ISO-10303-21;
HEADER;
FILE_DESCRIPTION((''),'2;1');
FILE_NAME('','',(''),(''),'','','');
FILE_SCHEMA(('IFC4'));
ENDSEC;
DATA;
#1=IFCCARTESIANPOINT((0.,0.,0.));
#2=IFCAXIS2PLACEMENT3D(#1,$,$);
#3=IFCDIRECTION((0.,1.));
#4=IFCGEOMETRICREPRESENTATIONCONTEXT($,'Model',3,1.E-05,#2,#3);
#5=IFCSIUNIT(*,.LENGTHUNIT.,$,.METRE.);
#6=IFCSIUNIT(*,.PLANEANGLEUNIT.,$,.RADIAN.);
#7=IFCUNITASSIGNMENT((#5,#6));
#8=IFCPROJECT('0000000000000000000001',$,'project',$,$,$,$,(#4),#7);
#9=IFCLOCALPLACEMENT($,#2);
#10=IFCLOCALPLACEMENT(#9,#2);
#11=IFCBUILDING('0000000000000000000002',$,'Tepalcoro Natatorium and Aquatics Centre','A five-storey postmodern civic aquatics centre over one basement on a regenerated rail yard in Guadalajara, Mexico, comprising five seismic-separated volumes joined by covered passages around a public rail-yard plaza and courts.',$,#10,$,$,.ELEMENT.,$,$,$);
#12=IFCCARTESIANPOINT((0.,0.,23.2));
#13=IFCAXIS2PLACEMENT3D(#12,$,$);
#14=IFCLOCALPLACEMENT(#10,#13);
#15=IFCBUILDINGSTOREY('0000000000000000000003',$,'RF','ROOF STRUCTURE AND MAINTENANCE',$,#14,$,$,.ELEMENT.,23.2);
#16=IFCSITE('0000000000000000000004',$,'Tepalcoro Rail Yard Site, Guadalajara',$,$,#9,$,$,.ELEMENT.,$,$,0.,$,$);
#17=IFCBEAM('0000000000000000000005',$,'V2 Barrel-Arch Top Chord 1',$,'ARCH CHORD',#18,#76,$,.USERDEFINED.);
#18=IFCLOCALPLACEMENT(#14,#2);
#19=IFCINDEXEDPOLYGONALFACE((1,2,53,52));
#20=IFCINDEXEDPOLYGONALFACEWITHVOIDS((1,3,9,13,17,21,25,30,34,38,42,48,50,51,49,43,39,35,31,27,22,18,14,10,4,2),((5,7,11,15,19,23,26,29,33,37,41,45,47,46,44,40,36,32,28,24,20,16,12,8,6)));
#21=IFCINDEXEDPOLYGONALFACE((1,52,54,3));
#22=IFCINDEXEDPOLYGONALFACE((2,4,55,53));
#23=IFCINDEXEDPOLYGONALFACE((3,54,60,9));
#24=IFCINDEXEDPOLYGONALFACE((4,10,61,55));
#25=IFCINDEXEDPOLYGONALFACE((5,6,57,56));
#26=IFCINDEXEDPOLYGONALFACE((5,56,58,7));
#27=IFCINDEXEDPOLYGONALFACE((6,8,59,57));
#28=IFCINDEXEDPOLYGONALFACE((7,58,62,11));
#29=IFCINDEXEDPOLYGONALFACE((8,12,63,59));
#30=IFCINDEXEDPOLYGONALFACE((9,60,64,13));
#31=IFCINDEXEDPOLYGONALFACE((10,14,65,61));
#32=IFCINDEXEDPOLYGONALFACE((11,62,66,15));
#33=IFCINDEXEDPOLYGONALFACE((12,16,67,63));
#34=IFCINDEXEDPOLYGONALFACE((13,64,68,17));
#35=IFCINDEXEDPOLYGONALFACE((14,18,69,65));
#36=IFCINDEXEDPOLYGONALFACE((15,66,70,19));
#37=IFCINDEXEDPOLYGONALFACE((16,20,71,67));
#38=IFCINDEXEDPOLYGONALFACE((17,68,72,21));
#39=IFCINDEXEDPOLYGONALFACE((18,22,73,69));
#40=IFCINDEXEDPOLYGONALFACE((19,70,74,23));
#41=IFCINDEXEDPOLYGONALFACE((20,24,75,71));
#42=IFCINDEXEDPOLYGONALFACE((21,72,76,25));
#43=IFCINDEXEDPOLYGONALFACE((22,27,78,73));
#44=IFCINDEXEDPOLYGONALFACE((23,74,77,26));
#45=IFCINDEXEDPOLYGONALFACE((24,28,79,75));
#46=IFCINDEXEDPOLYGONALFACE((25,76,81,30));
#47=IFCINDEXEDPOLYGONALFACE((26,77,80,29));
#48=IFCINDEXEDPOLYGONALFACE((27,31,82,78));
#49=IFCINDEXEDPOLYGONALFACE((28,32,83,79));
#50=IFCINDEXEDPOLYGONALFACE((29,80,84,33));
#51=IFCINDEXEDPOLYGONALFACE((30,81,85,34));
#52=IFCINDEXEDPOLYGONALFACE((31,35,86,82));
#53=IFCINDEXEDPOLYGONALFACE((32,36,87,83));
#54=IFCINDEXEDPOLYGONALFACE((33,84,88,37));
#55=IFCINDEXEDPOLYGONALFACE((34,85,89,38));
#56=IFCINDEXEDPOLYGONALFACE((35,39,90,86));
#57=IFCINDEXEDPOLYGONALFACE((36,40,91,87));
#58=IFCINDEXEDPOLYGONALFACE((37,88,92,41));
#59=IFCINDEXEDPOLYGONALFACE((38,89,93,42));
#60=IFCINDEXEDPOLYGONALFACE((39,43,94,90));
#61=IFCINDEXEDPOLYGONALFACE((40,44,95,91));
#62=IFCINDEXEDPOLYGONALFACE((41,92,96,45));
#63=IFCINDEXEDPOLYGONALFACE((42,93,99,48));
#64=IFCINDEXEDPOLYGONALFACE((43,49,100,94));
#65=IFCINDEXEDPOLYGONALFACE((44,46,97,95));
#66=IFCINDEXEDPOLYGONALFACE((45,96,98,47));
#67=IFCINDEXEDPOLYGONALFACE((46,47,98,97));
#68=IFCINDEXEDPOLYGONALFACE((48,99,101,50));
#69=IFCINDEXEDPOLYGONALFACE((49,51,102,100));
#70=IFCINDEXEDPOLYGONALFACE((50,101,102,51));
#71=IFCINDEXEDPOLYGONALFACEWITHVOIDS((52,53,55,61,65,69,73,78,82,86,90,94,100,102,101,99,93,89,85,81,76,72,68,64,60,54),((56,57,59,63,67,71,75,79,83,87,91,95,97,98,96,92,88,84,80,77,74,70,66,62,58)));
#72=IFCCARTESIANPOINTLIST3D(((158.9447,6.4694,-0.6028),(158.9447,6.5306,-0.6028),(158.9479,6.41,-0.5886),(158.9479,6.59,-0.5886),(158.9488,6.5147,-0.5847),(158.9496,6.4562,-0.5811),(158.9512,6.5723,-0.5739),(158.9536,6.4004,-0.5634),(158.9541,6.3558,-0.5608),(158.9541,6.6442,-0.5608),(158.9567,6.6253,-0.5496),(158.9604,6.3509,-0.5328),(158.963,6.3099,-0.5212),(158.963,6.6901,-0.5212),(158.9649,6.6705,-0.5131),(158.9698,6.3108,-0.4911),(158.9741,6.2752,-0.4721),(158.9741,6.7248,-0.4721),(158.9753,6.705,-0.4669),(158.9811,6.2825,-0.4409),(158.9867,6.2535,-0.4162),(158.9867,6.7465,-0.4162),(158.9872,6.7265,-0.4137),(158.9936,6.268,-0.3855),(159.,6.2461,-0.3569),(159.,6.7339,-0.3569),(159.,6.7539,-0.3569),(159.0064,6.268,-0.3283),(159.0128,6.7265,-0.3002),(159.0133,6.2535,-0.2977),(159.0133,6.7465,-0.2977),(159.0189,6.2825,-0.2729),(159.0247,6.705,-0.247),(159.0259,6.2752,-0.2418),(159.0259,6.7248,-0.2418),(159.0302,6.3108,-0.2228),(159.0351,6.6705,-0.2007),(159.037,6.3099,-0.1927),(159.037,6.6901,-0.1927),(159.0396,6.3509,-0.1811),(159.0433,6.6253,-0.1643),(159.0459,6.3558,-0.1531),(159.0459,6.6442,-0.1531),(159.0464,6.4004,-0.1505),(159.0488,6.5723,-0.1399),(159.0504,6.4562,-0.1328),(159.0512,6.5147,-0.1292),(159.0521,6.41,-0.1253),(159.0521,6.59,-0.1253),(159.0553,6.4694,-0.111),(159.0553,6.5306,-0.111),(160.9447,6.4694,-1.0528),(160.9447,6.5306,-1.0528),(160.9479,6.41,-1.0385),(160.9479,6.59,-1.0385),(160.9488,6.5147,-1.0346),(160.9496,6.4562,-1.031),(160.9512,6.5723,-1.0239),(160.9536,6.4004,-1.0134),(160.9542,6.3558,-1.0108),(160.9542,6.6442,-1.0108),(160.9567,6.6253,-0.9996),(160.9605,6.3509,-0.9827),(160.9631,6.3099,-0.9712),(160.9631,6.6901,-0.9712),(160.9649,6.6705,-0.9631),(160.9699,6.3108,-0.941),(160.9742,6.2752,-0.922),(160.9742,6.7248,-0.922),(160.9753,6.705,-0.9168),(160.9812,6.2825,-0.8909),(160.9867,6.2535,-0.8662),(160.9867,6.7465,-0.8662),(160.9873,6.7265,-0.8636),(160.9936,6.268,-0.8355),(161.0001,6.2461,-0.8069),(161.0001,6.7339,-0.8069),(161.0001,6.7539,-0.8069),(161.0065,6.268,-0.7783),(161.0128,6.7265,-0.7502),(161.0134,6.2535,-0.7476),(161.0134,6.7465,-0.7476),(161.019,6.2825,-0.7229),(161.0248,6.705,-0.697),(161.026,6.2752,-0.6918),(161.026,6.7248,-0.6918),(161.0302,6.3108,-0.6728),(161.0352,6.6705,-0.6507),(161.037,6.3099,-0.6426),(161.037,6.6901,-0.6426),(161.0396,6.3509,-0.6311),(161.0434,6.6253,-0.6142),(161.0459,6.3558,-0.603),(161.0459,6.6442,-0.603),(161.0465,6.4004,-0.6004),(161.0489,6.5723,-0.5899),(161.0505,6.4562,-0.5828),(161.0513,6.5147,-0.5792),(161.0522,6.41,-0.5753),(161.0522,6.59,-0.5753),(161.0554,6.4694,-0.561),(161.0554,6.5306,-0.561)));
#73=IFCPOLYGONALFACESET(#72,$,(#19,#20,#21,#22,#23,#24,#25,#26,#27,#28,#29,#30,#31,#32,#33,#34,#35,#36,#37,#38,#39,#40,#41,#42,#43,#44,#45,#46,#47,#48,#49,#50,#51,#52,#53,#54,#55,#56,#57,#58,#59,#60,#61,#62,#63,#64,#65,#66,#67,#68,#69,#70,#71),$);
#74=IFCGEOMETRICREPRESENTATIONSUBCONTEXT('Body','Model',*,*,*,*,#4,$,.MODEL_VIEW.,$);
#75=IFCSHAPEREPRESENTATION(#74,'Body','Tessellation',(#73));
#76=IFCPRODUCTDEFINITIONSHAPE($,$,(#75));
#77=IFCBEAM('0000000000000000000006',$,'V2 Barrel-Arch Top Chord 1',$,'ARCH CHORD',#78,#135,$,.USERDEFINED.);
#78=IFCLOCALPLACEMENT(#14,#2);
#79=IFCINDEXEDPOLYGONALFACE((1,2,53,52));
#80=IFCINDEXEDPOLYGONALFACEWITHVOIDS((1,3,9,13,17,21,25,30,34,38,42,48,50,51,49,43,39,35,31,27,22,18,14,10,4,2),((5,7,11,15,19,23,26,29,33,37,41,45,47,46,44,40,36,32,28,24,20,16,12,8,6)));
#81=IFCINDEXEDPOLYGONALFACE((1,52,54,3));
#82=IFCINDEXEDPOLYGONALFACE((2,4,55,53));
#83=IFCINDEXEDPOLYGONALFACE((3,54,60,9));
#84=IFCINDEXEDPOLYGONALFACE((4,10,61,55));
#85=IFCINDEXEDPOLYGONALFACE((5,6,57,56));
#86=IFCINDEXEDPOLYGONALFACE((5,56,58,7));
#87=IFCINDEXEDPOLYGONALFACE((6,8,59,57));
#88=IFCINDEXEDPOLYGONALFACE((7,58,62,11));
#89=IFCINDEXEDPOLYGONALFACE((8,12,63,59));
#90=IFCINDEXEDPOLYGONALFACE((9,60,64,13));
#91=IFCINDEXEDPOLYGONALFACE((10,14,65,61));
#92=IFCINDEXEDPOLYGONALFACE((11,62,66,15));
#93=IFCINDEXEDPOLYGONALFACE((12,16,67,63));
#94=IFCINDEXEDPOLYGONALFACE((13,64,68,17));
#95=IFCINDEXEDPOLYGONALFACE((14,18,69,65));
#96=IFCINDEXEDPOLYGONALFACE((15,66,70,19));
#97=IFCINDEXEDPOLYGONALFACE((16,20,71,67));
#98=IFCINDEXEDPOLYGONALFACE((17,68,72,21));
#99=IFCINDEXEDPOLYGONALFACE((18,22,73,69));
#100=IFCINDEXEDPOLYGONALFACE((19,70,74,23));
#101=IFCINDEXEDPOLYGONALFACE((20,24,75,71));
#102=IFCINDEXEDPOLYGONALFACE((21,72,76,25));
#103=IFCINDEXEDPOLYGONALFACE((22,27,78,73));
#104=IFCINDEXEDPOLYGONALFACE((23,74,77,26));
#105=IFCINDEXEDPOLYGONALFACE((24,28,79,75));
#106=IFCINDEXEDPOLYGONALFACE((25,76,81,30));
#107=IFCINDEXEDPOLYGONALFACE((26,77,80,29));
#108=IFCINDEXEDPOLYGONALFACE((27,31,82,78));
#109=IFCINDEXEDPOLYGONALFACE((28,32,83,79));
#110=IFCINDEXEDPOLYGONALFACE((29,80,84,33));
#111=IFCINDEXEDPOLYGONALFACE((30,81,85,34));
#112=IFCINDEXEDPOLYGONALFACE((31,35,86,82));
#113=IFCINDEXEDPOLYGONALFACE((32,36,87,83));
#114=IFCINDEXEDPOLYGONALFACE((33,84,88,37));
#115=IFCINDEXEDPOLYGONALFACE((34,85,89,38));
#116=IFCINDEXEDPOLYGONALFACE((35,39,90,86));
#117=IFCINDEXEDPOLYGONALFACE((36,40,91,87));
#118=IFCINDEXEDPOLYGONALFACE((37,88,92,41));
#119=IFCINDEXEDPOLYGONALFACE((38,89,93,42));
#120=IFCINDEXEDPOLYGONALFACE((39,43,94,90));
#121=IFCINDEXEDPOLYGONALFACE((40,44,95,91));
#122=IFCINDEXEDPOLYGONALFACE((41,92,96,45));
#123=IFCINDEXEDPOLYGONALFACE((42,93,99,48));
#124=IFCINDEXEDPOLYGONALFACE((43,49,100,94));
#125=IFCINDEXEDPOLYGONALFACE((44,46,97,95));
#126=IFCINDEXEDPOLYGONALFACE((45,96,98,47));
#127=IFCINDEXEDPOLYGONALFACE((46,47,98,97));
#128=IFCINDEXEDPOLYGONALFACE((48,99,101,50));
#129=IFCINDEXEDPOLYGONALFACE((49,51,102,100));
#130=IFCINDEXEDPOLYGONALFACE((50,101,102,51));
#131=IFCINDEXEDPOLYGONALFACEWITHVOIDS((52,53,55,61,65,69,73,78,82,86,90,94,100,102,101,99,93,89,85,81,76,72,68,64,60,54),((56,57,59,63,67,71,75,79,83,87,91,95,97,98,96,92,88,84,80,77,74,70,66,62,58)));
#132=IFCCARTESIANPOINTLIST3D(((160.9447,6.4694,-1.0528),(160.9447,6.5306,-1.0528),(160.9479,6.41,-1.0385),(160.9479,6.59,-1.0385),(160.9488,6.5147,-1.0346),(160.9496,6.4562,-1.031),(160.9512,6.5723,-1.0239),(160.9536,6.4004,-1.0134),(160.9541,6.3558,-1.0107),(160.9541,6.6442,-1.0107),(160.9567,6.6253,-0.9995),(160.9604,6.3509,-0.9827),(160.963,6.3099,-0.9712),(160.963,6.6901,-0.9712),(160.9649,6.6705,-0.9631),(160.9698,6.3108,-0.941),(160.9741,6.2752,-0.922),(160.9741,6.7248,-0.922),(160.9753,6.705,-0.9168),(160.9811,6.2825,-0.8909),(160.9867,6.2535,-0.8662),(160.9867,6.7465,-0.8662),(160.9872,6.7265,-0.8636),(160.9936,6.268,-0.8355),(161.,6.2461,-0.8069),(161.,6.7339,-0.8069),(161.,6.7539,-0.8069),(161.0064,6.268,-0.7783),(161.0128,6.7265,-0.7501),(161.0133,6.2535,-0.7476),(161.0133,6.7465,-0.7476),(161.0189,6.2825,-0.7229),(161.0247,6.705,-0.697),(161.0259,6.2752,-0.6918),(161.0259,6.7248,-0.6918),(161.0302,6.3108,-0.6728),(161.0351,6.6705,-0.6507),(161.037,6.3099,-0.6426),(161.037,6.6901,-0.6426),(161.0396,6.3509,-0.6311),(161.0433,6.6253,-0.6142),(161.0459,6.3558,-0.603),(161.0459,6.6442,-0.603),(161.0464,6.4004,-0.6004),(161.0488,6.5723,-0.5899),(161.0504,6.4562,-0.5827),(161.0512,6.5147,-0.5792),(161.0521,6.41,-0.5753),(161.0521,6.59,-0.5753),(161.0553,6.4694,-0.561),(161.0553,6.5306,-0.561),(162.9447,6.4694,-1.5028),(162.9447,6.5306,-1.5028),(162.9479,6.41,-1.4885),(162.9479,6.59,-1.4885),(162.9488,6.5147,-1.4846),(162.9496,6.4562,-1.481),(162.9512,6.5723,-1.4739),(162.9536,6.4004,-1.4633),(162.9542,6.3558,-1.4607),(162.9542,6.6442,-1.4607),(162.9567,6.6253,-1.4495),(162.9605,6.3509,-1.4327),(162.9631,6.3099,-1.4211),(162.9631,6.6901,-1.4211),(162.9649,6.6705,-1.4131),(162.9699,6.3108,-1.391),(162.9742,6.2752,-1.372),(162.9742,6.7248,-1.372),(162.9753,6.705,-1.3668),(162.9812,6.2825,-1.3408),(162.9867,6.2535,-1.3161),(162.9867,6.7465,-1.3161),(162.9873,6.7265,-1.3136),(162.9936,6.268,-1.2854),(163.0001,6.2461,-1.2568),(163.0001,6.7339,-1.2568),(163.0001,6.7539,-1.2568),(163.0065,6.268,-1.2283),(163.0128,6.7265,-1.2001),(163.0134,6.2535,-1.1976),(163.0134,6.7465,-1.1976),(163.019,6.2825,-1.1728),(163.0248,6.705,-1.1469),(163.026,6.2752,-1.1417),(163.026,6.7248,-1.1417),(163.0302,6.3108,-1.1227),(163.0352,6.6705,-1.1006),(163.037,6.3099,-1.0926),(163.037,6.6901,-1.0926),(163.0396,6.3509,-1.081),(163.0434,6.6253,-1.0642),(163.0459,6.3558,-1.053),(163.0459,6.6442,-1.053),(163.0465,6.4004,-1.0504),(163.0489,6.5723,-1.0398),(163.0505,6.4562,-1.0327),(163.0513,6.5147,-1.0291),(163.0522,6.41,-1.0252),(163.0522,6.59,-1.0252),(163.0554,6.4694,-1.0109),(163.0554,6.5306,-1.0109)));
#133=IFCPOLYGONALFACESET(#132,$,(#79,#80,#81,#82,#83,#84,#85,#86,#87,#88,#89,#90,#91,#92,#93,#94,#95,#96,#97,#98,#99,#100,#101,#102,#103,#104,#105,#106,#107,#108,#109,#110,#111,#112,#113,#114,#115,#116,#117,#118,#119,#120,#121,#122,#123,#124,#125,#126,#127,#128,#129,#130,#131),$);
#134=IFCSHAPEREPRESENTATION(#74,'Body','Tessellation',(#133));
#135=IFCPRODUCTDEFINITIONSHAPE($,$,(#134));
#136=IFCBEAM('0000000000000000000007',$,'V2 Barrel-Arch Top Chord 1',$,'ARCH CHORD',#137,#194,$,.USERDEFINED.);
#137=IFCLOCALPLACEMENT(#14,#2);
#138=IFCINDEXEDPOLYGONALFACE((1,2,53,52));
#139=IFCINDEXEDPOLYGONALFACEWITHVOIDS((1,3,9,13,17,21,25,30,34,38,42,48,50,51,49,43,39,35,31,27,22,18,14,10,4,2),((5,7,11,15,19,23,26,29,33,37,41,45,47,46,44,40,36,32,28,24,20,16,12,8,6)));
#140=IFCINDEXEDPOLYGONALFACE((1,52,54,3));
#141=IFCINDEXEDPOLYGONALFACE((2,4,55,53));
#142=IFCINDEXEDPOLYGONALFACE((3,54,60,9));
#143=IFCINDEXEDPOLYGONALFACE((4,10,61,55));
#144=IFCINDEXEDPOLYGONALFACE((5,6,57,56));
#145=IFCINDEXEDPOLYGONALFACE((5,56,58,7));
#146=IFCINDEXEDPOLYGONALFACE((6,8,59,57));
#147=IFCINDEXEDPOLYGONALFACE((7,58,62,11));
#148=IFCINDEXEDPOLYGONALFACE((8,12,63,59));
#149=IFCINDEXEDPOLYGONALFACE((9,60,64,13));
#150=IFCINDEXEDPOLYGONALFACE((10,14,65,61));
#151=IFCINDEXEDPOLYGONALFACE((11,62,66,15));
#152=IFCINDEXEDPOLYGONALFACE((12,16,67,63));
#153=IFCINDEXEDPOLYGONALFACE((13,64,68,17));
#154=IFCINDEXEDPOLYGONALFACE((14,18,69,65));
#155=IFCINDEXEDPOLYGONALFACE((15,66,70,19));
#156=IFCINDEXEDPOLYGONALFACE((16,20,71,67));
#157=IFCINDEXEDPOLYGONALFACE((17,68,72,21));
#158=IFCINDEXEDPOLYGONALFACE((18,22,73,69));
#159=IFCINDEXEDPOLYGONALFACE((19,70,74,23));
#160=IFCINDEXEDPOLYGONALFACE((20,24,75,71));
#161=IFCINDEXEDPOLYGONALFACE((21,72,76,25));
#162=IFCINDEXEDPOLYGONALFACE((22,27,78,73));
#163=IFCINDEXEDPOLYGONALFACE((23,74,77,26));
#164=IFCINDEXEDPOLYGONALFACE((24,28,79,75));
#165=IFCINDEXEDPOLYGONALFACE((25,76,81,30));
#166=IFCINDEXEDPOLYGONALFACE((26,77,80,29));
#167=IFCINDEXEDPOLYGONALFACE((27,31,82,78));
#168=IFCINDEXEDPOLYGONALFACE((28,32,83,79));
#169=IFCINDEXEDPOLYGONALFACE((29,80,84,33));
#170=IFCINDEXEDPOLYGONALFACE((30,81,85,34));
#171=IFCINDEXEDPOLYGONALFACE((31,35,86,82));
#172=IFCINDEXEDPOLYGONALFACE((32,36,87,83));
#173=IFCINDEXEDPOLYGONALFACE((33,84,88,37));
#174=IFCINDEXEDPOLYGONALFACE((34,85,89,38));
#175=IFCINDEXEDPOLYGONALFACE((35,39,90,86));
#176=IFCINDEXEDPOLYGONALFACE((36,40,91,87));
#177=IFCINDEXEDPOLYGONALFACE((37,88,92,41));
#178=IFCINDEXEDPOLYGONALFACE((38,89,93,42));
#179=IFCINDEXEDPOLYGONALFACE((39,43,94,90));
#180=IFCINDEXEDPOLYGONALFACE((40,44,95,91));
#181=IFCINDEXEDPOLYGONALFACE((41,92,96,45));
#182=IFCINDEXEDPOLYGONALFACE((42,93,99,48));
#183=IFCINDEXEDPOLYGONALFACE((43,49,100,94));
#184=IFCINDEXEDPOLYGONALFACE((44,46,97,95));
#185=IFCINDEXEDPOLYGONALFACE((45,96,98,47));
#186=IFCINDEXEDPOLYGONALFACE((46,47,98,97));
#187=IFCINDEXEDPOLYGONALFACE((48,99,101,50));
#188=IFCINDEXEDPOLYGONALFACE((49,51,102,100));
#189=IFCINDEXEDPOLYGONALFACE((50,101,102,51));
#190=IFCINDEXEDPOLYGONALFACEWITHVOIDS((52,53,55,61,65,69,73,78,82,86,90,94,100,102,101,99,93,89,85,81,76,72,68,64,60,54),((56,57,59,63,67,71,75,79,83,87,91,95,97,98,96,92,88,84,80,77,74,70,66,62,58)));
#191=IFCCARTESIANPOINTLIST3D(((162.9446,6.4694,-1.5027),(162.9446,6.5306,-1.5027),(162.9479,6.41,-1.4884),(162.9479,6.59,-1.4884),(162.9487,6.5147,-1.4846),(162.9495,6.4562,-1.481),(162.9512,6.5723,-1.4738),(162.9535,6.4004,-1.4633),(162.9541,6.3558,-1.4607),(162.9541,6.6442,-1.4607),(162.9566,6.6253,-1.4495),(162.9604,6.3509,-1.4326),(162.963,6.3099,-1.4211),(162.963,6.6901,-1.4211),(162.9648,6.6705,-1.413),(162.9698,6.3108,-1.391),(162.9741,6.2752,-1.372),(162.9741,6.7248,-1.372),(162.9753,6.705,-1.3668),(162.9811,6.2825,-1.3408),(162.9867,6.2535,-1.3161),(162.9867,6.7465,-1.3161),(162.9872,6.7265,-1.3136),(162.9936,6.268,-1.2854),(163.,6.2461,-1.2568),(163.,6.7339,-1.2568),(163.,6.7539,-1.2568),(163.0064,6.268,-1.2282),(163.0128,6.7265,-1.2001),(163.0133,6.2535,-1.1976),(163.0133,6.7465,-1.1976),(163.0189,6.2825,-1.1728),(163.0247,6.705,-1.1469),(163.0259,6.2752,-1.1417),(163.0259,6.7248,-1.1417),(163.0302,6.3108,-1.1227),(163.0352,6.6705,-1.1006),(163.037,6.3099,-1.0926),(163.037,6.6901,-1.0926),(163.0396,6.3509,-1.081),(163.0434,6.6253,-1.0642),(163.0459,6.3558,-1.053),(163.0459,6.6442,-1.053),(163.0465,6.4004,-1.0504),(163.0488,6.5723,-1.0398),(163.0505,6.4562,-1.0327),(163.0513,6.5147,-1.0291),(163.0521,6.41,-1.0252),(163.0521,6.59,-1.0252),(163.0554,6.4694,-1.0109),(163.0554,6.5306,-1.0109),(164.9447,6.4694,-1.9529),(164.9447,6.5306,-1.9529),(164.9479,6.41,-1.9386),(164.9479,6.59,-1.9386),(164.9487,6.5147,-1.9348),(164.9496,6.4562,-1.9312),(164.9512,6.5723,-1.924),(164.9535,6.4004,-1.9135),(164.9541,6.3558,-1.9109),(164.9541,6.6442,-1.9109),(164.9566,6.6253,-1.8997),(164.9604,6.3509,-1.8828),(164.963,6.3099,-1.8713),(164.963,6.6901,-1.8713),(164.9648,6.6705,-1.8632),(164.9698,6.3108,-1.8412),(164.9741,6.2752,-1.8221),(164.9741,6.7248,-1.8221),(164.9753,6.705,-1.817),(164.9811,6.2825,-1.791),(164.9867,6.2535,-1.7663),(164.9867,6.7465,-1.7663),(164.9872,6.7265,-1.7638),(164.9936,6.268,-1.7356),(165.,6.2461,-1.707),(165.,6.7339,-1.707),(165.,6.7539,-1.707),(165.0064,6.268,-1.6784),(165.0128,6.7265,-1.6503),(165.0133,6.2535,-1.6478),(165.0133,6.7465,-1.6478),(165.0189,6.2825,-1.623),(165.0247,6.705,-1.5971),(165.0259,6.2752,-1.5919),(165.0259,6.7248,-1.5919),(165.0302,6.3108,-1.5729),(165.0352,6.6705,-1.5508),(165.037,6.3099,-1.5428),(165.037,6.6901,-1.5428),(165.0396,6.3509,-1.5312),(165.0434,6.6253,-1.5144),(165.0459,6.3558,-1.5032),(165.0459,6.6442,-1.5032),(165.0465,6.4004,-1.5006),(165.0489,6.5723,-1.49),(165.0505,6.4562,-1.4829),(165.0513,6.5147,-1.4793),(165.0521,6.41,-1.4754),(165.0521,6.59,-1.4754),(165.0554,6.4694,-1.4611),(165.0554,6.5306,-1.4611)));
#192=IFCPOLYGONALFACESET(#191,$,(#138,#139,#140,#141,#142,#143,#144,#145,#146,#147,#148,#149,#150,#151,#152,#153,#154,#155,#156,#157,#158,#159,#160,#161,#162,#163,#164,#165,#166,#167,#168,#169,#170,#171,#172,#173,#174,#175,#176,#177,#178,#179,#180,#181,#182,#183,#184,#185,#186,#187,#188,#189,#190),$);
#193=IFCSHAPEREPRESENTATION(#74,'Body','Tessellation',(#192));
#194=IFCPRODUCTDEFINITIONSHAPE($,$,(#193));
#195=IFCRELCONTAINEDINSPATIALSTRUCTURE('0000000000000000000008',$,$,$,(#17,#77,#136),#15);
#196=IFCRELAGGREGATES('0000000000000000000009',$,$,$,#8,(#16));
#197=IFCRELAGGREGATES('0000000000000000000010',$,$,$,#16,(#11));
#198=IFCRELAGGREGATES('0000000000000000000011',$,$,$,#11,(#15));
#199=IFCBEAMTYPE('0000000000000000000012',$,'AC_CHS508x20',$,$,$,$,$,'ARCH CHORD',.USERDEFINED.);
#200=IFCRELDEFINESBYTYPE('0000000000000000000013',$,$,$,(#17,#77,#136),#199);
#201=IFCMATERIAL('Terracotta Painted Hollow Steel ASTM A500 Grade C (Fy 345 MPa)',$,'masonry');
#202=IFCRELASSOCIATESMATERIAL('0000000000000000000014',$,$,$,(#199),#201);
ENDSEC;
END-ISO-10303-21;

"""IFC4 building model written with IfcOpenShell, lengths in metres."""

from ifc_helpers import new_model, si_unit, direction, frame, origin, origin_2d, place, context, subcontext, project, spatial, hollow_circle, extrude, material, material_profile, profile_set, type_object, element, save


model = new_model("IFC4")

# Units and contexts
model_context = context("Model", 3, precision=1e-05, world=origin(), true_north=direction((0.0, 1.0)))
body_context = subcontext(model_context, "Body", "Model", "MODEL_VIEW")
ifc_project = project(units=[si_unit("LENGTHUNIT", "METRE"), si_unit("PLANEANGLEUNIT", "RADIAN")], contexts=[model_context])

# Site, building, storey
site_placement = place(None, origin())
site = spatial("IfcSite", under=ifc_project, at=site_placement, Name="Tepalcoro Rail Yard Site, Guadalajara", CompositionType="ELEMENT", RefElevation=0.0)
building_placement = place(site_placement, origin())
building = spatial("IfcBuilding", under=site, at=building_placement, Name="Tepalcoro Natatorium and Aquatics Centre", Description="A five-storey postmodern civic aquatics centre over one basement on a regenerated rail yard in Guadalajara, Mexico, comprising five seismic-separated volumes joined by covered passages around a public rail-yard plaza and courts.", CompositionType="ELEMENT")
storey_placement = place(building_placement, frame((0.0, 0.0, 23.2)))
storey = spatial("IfcBuildingStorey", under=building, at=storey_placement, Name="RF", Description="ROOF STRUCTURE AND MAINTENANCE", CompositionType="ELEMENT", Elevation=23.2)

# Beams
ifc_material_1 = material(Name="Terracotta Painted Hollow Steel ASTM A500 Grade C (Fy 345 MPa)", Category="masonry")
ifc_material_profile_1 = material_profile(ifc_material_1, hollow_circle(Radius=0.2539, WallThickness=0.02, at=origin_2d()), Name="CHS508X20")
ifc_profile_set_1 = profile_set([ifc_material_profile_1], Name="Terracotta Painted Hollow Steel ASTM A500 Grade C (Fy 345 MPa)")
beam_type_1 = type_object("IfcBeamType", Name="AC_CHS508x20", ElementType="ARCH CHORD", PredefinedType="USERDEFINED", material=ifc_profile_set_1)
for number, where, z_axis, x_axis, name in (
    (1, (159.0, 6.5, -0.3569), (0.975615, 0.0, -0.21949), (0.0, 1.0, 0.0), "V2 Barrel-Arch Top Chord 1"),
    (2, (161.0, 6.5, -0.8069), (0.975615, 0.0, -0.21949), (0.0, 1.0, 0.0), "V2 Barrel-Arch Top Chord 1"),
    (3, (163.0, 6.5, -1.2568), (0.975589, 0.0, -0.219603), (0.0, 1.0, 0.0), "V2 Barrel-Arch Top Chord 1"),
):
    element("IfcBeam", number, at=place(storey_placement, frame(where, z_axis=z_axis, x_axis=x_axis)), inside=storey, type_object=beam_type_1, Name=name, ObjectType="ARCH CHORD", PredefinedType="USERDEFINED", context=body_context, shape_type="SweptSolid", body=[
        extrude(hollow_circle(Radius=0.2539, WallThickness=0.02, at=origin_2d()), origin(), (0.0, 0.0, 1.0), 2.05),
    ])

save(model, "model.ifc")
